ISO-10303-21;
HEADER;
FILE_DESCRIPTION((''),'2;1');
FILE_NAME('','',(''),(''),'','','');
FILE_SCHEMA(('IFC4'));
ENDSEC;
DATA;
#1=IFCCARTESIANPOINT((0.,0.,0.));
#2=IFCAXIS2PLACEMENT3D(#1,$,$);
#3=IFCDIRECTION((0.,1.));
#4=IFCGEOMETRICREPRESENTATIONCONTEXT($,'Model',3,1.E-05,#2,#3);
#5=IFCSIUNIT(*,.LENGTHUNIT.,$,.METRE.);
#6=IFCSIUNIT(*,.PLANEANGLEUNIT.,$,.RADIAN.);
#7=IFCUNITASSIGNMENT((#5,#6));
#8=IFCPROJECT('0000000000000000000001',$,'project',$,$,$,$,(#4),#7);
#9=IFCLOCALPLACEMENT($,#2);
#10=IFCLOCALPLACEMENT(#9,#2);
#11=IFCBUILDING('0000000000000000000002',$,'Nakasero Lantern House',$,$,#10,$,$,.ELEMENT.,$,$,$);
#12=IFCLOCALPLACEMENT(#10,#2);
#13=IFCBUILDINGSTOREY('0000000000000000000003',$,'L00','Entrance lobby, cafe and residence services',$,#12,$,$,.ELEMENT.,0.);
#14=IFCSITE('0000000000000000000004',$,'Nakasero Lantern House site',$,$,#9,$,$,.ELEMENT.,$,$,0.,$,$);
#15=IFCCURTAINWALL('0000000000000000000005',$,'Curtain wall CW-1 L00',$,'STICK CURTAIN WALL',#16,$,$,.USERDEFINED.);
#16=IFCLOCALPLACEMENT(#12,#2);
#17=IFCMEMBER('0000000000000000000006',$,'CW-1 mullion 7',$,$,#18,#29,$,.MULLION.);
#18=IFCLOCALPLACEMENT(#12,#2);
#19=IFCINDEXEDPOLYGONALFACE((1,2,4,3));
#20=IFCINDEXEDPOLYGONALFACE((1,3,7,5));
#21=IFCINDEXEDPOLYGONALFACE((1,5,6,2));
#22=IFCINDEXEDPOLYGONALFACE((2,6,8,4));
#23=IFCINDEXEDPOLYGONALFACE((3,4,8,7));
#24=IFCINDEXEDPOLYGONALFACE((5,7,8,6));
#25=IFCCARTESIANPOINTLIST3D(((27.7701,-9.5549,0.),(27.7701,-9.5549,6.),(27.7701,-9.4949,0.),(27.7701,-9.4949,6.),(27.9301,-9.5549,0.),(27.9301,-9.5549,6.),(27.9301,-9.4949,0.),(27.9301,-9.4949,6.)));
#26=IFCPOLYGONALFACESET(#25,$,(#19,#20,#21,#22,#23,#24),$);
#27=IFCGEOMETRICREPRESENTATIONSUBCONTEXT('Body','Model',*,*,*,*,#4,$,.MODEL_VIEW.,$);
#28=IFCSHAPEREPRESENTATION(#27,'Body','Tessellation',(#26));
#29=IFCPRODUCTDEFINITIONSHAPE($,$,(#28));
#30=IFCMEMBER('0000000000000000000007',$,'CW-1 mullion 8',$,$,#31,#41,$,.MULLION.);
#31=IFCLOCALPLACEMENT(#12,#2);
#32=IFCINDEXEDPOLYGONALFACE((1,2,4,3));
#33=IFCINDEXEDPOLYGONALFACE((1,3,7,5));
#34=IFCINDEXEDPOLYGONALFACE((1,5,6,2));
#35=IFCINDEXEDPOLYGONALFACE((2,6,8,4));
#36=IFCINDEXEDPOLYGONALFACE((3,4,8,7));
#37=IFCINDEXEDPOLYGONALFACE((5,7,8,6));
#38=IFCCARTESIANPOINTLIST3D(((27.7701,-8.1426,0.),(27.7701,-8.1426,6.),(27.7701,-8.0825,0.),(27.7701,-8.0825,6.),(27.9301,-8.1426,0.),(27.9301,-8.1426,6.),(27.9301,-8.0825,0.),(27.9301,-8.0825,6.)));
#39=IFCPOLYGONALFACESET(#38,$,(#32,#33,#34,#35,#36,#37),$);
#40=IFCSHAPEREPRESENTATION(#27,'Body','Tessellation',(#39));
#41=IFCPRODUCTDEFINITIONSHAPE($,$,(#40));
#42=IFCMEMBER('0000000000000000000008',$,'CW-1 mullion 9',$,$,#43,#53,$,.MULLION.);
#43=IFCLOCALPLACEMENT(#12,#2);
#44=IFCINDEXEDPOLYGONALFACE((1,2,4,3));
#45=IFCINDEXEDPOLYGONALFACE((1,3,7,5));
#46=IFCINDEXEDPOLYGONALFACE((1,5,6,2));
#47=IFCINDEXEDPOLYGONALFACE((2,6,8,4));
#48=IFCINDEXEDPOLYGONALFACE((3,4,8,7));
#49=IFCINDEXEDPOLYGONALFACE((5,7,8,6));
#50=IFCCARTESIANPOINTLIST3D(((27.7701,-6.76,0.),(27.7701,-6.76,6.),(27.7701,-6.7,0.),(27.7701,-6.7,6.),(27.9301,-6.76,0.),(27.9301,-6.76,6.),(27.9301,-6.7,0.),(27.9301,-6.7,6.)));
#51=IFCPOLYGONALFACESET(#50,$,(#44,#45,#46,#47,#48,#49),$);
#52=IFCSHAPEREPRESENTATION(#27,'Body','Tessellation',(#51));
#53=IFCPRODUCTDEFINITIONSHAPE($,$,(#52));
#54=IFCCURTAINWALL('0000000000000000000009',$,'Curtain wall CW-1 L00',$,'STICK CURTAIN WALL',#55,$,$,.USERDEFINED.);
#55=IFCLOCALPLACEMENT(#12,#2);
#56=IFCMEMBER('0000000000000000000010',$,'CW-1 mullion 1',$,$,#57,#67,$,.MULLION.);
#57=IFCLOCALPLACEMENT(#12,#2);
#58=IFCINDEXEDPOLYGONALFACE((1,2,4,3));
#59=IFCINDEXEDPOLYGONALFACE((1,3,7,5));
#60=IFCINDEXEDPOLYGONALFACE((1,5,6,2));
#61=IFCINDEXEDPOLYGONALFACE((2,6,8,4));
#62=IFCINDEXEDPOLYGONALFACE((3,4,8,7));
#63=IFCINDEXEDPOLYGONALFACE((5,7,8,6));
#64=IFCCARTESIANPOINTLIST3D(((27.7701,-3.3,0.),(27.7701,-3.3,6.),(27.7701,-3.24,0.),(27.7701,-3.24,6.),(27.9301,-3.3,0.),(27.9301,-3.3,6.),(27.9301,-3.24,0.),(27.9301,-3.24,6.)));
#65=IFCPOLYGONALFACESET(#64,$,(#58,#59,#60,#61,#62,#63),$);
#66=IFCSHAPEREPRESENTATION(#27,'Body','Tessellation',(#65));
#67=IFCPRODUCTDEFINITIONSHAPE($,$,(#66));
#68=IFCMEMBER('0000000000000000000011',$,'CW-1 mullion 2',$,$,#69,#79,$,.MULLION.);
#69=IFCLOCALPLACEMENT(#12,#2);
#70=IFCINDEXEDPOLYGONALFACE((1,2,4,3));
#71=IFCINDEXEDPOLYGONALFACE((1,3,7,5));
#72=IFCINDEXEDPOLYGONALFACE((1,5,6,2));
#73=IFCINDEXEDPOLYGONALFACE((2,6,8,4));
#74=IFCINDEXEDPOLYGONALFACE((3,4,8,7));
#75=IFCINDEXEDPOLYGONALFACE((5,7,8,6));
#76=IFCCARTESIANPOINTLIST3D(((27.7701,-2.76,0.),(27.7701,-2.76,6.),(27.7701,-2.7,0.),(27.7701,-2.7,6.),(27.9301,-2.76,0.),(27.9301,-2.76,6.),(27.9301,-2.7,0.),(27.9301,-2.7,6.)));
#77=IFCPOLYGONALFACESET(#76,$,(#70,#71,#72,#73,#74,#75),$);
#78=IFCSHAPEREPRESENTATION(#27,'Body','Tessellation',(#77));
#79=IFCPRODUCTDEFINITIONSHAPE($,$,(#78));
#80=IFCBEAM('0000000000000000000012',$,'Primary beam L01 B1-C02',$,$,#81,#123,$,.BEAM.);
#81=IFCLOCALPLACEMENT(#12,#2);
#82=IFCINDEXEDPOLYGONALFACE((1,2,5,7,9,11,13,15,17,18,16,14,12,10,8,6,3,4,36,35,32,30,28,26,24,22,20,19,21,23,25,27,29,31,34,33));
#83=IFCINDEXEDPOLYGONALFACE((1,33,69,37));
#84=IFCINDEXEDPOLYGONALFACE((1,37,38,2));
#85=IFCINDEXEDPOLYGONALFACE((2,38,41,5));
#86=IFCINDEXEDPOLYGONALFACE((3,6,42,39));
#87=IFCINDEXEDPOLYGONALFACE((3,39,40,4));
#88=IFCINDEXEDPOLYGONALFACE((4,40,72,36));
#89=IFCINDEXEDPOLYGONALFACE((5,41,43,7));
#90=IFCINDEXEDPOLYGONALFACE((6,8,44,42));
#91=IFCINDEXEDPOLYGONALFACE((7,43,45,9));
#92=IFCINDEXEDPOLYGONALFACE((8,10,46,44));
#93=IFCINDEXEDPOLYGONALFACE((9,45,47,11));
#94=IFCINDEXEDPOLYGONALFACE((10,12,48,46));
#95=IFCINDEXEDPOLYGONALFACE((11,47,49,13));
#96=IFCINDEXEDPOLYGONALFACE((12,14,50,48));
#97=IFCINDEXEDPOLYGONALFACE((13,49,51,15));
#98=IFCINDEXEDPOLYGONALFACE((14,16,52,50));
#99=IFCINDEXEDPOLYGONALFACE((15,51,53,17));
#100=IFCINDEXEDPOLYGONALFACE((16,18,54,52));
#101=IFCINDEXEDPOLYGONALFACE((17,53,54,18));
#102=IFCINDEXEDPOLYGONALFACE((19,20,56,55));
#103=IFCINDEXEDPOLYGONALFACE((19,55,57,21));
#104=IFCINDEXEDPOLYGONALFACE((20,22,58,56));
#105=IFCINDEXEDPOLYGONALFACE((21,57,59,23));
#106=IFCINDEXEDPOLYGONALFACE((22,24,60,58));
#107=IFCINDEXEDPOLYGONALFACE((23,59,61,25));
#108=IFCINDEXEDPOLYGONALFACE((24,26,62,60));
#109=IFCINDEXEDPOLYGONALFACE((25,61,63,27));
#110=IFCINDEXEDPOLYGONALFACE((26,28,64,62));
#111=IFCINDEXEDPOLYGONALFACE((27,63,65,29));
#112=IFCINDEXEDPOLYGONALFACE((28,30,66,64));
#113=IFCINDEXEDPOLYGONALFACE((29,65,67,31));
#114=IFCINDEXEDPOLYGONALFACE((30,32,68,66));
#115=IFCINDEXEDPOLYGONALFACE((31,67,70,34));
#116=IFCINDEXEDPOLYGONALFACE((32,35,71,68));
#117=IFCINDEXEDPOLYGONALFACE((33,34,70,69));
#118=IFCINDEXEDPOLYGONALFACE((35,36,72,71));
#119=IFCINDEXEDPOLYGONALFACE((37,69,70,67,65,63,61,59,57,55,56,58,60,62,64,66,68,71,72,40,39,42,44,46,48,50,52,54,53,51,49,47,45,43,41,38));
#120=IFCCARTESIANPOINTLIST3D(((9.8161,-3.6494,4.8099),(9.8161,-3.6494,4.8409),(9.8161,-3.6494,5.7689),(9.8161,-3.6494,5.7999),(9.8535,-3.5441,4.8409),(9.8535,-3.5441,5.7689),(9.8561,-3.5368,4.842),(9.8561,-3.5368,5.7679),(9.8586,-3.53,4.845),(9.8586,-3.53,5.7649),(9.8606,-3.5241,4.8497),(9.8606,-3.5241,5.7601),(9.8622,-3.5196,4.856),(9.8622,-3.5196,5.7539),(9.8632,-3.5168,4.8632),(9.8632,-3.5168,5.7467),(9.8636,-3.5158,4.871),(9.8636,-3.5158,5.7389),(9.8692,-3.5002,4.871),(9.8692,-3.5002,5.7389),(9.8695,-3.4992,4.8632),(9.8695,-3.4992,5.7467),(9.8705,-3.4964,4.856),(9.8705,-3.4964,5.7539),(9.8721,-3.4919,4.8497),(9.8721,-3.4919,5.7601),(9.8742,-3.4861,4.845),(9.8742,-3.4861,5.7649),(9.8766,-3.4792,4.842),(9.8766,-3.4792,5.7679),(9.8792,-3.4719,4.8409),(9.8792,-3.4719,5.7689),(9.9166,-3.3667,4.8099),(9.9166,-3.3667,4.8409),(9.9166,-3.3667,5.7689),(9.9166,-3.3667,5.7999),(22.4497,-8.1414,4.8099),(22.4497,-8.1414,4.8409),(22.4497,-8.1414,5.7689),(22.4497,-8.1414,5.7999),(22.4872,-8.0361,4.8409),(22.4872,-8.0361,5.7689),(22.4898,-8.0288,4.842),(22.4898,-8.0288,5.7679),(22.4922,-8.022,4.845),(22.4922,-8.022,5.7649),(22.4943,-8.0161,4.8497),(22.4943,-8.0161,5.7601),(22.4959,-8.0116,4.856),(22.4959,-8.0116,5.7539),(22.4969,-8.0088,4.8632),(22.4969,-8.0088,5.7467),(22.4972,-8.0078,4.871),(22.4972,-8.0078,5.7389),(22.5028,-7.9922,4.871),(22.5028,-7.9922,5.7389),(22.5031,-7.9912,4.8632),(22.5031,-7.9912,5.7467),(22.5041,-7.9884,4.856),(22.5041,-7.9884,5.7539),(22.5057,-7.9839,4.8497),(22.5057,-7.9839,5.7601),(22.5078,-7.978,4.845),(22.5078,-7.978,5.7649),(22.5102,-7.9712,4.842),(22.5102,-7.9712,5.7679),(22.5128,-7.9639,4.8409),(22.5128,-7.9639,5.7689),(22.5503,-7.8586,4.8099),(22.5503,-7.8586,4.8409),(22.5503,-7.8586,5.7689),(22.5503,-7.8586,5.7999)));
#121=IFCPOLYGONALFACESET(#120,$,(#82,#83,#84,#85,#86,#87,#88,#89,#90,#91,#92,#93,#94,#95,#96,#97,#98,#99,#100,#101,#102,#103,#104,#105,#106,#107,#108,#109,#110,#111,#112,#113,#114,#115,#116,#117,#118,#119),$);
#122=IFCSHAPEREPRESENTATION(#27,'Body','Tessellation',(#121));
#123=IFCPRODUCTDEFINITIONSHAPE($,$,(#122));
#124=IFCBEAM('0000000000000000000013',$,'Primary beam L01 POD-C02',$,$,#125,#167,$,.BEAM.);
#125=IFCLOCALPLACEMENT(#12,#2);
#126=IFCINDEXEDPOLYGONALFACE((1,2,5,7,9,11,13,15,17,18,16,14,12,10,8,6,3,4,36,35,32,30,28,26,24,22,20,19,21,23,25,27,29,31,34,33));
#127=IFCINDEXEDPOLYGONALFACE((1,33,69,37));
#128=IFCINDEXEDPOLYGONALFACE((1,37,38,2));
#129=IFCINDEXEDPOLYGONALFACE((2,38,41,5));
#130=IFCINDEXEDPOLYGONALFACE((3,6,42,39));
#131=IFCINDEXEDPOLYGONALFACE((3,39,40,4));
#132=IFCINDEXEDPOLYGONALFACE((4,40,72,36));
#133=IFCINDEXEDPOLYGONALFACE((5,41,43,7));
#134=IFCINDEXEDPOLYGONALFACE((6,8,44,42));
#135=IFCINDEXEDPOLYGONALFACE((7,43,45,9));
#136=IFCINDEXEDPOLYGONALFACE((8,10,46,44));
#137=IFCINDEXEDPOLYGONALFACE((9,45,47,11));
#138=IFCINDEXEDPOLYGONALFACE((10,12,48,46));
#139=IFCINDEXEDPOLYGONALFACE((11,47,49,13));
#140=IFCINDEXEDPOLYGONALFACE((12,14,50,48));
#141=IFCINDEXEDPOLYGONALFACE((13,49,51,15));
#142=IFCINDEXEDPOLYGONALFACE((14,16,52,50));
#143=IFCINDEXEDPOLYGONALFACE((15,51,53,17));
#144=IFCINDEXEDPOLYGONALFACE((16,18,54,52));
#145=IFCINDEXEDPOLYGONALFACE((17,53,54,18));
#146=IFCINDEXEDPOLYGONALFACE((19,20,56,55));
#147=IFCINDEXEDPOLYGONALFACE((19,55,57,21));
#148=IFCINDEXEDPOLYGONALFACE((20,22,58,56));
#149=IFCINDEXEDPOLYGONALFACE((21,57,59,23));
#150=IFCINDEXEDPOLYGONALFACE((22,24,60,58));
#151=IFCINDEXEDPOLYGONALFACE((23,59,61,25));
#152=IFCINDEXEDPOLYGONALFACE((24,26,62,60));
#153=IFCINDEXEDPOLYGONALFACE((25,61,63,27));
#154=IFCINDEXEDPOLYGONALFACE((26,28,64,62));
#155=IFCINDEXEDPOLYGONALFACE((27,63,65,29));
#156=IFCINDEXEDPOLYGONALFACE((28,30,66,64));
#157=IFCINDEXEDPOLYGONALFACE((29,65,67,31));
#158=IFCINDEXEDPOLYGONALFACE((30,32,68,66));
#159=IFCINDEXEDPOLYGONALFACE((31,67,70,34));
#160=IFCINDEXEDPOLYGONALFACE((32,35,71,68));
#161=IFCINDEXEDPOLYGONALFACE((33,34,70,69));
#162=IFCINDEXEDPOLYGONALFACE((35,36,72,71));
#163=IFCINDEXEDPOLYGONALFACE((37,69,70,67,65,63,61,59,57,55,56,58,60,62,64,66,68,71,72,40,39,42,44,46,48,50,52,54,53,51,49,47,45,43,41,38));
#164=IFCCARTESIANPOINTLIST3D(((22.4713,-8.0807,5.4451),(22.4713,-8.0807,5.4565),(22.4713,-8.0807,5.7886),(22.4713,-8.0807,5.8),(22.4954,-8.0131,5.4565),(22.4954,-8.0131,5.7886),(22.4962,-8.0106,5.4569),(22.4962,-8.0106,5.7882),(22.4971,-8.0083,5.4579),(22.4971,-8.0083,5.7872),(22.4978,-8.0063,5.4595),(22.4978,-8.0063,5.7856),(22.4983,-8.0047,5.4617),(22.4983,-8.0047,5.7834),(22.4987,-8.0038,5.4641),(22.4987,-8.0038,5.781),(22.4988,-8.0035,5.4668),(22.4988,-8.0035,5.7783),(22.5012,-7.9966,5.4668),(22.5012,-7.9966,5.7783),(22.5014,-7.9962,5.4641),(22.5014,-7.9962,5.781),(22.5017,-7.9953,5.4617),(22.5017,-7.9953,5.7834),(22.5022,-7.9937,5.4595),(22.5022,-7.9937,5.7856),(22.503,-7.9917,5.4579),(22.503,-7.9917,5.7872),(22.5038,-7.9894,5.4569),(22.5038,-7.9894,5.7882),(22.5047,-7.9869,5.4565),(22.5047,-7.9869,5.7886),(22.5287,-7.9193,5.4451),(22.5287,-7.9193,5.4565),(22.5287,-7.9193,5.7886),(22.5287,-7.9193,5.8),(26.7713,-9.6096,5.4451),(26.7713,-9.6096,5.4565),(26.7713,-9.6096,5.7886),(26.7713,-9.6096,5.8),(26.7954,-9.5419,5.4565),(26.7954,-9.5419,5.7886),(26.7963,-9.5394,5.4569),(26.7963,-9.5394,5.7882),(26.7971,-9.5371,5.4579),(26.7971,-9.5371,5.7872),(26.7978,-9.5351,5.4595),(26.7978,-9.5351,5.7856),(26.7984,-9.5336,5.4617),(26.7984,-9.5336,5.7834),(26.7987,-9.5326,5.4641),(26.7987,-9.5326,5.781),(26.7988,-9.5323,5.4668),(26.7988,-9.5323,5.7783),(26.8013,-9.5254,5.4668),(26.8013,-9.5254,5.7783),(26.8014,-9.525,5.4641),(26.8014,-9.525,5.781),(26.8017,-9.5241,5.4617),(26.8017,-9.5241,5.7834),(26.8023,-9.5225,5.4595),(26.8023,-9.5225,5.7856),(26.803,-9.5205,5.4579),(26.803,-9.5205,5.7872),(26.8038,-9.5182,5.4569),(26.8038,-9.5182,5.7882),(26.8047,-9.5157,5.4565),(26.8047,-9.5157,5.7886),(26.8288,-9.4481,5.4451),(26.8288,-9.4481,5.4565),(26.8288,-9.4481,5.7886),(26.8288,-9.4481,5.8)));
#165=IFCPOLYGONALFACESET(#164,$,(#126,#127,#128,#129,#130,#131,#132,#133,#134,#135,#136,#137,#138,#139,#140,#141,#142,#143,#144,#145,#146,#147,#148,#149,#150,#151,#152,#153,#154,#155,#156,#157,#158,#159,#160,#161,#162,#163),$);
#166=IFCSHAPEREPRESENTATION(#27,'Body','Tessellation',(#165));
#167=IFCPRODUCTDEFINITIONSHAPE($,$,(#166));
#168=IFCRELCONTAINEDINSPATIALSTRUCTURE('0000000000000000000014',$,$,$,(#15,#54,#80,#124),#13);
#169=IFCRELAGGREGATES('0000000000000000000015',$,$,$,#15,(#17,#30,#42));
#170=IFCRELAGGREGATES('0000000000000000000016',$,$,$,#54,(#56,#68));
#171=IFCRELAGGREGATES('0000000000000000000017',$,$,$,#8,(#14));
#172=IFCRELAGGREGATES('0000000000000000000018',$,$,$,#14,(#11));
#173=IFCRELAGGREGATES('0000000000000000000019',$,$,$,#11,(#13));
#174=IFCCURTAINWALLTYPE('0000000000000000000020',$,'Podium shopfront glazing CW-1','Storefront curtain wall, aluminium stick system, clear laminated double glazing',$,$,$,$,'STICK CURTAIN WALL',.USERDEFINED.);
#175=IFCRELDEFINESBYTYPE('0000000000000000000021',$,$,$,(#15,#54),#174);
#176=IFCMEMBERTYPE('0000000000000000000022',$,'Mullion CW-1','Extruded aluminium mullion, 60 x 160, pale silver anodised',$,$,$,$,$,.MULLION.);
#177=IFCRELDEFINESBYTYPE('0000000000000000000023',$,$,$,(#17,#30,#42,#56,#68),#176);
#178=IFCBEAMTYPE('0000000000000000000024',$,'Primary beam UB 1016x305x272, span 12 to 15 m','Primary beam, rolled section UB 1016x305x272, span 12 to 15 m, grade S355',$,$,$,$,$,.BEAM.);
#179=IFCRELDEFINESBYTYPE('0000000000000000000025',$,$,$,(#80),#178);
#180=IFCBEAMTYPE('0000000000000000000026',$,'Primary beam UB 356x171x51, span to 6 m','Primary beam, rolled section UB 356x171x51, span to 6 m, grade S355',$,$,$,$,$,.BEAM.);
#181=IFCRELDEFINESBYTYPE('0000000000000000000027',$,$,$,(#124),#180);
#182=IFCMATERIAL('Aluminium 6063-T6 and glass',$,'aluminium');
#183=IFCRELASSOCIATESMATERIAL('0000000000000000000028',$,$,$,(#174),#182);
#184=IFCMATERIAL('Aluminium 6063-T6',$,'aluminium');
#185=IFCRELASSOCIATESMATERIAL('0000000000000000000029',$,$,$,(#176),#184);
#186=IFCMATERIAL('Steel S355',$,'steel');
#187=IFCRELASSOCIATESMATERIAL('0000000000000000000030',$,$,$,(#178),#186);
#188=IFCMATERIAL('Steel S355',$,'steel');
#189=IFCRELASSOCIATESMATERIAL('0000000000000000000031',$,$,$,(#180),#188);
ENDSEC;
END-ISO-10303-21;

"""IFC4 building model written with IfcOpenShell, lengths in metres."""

from ifc_helpers import new_model, si_unit, direction, frame, origin, origin_2d, place, context, subcontext, project, spatial, rectangle, i_section, extrude, material, material_profile, profile_set, type_object, element, aggregate, save


model = new_model("IFC4")

# Units and contexts
model_context = context("Model", 3, precision=1e-05, world=origin(), true_north=direction((0.0, 1.0)))
body_context = subcontext(model_context, "Body", "Model", "MODEL_VIEW")
ifc_project = project(units=[si_unit("LENGTHUNIT", "METRE"), si_unit("PLANEANGLEUNIT", "RADIAN")], contexts=[model_context])

# Site, building, storey
site_placement = place(None, origin())
site = spatial("IfcSite", under=ifc_project, at=site_placement, Name="Nakasero Lantern House site", CompositionType="ELEMENT", RefElevation=0.0)
building_placement = place(site_placement, origin())
building = spatial("IfcBuilding", under=site, at=building_placement, Name="Nakasero Lantern House", CompositionType="ELEMENT")
storey_placement = place(building_placement, origin())
storey = spatial("IfcBuildingStorey", under=building, at=storey_placement, Name="L00", Description="Entrance lobby, cafe and residence services", CompositionType="ELEMENT", Elevation=0.0)

# Curtain walls, members
ifc_material_1 = material(Name="Aluminium 6063-T6 and glass", Category="aluminium")
curtain_wall_type = type_object("IfcCurtainWallType", Name="Podium shopfront glazing CW-1", Description="Storefront curtain wall, aluminium stick system, clear laminated double glazing", ElementType="STICK CURTAIN WALL", PredefinedType="USERDEFINED", material=ifc_material_1)
curtain_wall_1_placement = place(storey_placement, origin())
curtain_wall_1 = element("IfcCurtainWall", 1, at=curtain_wall_1_placement, inside=storey, type_object=curtain_wall_type, Name="Curtain wall CW-1 L00", ObjectType="STICK CURTAIN WALL", PredefinedType="USERDEFINED")
ifc_material_2 = material(Name="Aluminium 6063-T6", Category="aluminium")
ifc_material_profile_1 = material_profile(ifc_material_2, rectangle(XDim=0.0601, YDim=0.1599, at=origin_2d()), Name="CW-1 mullion 60x160")
ifc_profile_set_1 = profile_set([ifc_material_profile_1], Name="Aluminium 6063-T6")
member_type_1 = type_object("IfcMemberType", Name="Mullion CW-1", Description="Extruded aluminium mullion, 60 x 160, pale silver anodised", PredefinedType="MULLION", material=ifc_profile_set_1)
member_1_placement = place(storey_placement, frame((27.8501, -9.5249, 0.0), z_axis=(0.0, 0.0, 1.0), x_axis=(0.0, 1.0, 0.0)))
member_1 = element("IfcMember", 2, at=member_1_placement, type_object=member_type_1, Name="CW-1 mullion 7", PredefinedType="MULLION", context=body_context, shape_type="SweptSolid", body=[
    extrude(rectangle(XDim=0.0601, YDim=0.1599, at=origin_2d()), origin(), (0.0, 0.0, 1.0), 6.0),
])
member_2_placement = place(storey_placement, frame((27.8501, -8.1125, 0.0), z_axis=(0.0, 0.0, 1.0), x_axis=(0.0, 1.0, 0.0)))
member_2 = element("IfcMember", 3, at=member_2_placement, type_object=member_type_1, Name="CW-1 mullion 8", PredefinedType="MULLION", context=body_context, shape_type="SweptSolid", body=[
    extrude(rectangle(XDim=0.0601, YDim=0.1599, at=origin_2d()), origin(), (0.0, 0.0, 1.0), 6.0),
])
member_3_placement = place(storey_placement, frame((27.8501, -6.73, 0.0), z_axis=(0.0, 0.0, 1.0), x_axis=(0.0, 1.0, 0.0)))
member_3 = element("IfcMember", 4, at=member_3_placement, type_object=member_type_1, Name="CW-1 mullion 9", PredefinedType="MULLION", context=body_context, shape_type="SweptSolid", body=[
    extrude(rectangle(XDim=0.0601, YDim=0.1599, at=origin_2d()), origin(), (0.0, 0.0, 1.0), 6.0),
])
curtain_wall_2_placement = place(storey_placement, origin())
curtain_wall_2 = element("IfcCurtainWall", 5, at=curtain_wall_2_placement, inside=storey, type_object=curtain_wall_type, Name="Curtain wall CW-1 L00", ObjectType="STICK CURTAIN WALL", PredefinedType="USERDEFINED")
member_4_placement = place(storey_placement, frame((27.8501, -3.27, 0.0), z_axis=(0.0, 0.0, 1.0), x_axis=(0.0, 1.0, 0.0)))
member_4 = element("IfcMember", 6, at=member_4_placement, type_object=member_type_1, Name="CW-1 mullion 1", PredefinedType="MULLION", context=body_context, shape_type="SweptSolid", body=[
    extrude(rectangle(XDim=0.0601, YDim=0.1599, at=origin_2d()), origin(), (0.0, 0.0, 1.0), 6.0),
])
member_5_placement = place(storey_placement, frame((27.8501, -2.73, 0.0), z_axis=(0.0, 0.0, 1.0), x_axis=(0.0, 1.0, 0.0)))
member_5 = element("IfcMember", 7, at=member_5_placement, type_object=member_type_1, Name="CW-1 mullion 2", PredefinedType="MULLION", context=body_context, shape_type="SweptSolid", body=[
    extrude(rectangle(XDim=0.0601, YDim=0.1599, at=origin_2d()), origin(), (0.0, 0.0, 1.0), 6.0),
])

# Beams
ifc_material_3 = material(Name="Steel S355", Category="steel")
ifc_material_profile_2 = material_profile(ifc_material_3, i_section(OverallWidth=0.3, OverallDepth=0.99, WebThickness=0.0166, FlangeThickness=0.031, FilletRadius=0.03, at=origin_2d()), Name="UB 1016x305x272")
ifc_profile_set_2 = profile_set([ifc_material_profile_2], Name="Steel S355")
beam_type_1 = type_object("IfcBeamType", Name="Primary beam UB 1016x305x272, span 12 to 15 m", Description="Primary beam, rolled section UB 1016x305x272, span 12 to 15 m, grade S355", PredefinedType="BEAM", material=ifc_profile_set_2)
beam_1_placement = place(storey_placement, frame((22.5, -8.0, 5.3049), z_axis=(-0.942214, 0.335011, 0.0), x_axis=(-0.335011, -0.942214, 0.0)))
element("IfcBeam", 8, at=beam_1_placement, inside=storey, type_object=beam_type_1, Name="Primary beam L01 B1-C02", PredefinedType="BEAM", context=body_context, shape_type="SweptSolid", body=[
    extrude(i_section(OverallWidth=0.3, OverallDepth=0.99, WebThickness=0.0166, FlangeThickness=0.031, FilletRadius=0.03, at=origin_2d()), origin(), (0.0, 0.0, 1.0), 13.4084),
])
ifc_material_4 = material(Name="Steel S355", Category="steel")
ifc_material_profile_3 = material_profile(ifc_material_4, i_section(OverallWidth=0.1714, OverallDepth=0.355, WebThickness=0.0073, FlangeThickness=0.0115, FilletRadius=0.0103, at=origin_2d()), Name="UB 356x171x51")
ifc_profile_set_3 = profile_set([ifc_material_profile_3], Name="Steel S355")
beam_type_2 = type_object("IfcBeamType", Name="Primary beam UB 356x171x51, span to 6 m", Description="Primary beam, rolled section UB 356x171x51, span to 6 m, grade S355", PredefinedType="BEAM", material=ifc_profile_set_3)
beam_2_placement = place(storey_placement, frame((26.8, -9.5288, 5.6226), z_axis=(-0.942221, 0.334991, 0.0), x_axis=(-0.334991, -0.942221, 0.0)))
element("IfcBeam", 9, at=beam_2_placement, inside=storey, type_object=beam_type_2, Name="Primary beam L01 POD-C02", PredefinedType="BEAM", context=body_context, shape_type="SweptSolid", body=[
    extrude(i_section(OverallWidth=0.1714, OverallDepth=0.355, WebThickness=0.0073, FlangeThickness=0.0115, FilletRadius=0.0103, at=origin_2d()), origin(), (0.0, 0.0, 1.0), 4.5637),
])

aggregate(curtain_wall_1, [member_1, member_2, member_3])
aggregate(curtain_wall_2, [member_4, member_5])

save(model, "model.ifc")
